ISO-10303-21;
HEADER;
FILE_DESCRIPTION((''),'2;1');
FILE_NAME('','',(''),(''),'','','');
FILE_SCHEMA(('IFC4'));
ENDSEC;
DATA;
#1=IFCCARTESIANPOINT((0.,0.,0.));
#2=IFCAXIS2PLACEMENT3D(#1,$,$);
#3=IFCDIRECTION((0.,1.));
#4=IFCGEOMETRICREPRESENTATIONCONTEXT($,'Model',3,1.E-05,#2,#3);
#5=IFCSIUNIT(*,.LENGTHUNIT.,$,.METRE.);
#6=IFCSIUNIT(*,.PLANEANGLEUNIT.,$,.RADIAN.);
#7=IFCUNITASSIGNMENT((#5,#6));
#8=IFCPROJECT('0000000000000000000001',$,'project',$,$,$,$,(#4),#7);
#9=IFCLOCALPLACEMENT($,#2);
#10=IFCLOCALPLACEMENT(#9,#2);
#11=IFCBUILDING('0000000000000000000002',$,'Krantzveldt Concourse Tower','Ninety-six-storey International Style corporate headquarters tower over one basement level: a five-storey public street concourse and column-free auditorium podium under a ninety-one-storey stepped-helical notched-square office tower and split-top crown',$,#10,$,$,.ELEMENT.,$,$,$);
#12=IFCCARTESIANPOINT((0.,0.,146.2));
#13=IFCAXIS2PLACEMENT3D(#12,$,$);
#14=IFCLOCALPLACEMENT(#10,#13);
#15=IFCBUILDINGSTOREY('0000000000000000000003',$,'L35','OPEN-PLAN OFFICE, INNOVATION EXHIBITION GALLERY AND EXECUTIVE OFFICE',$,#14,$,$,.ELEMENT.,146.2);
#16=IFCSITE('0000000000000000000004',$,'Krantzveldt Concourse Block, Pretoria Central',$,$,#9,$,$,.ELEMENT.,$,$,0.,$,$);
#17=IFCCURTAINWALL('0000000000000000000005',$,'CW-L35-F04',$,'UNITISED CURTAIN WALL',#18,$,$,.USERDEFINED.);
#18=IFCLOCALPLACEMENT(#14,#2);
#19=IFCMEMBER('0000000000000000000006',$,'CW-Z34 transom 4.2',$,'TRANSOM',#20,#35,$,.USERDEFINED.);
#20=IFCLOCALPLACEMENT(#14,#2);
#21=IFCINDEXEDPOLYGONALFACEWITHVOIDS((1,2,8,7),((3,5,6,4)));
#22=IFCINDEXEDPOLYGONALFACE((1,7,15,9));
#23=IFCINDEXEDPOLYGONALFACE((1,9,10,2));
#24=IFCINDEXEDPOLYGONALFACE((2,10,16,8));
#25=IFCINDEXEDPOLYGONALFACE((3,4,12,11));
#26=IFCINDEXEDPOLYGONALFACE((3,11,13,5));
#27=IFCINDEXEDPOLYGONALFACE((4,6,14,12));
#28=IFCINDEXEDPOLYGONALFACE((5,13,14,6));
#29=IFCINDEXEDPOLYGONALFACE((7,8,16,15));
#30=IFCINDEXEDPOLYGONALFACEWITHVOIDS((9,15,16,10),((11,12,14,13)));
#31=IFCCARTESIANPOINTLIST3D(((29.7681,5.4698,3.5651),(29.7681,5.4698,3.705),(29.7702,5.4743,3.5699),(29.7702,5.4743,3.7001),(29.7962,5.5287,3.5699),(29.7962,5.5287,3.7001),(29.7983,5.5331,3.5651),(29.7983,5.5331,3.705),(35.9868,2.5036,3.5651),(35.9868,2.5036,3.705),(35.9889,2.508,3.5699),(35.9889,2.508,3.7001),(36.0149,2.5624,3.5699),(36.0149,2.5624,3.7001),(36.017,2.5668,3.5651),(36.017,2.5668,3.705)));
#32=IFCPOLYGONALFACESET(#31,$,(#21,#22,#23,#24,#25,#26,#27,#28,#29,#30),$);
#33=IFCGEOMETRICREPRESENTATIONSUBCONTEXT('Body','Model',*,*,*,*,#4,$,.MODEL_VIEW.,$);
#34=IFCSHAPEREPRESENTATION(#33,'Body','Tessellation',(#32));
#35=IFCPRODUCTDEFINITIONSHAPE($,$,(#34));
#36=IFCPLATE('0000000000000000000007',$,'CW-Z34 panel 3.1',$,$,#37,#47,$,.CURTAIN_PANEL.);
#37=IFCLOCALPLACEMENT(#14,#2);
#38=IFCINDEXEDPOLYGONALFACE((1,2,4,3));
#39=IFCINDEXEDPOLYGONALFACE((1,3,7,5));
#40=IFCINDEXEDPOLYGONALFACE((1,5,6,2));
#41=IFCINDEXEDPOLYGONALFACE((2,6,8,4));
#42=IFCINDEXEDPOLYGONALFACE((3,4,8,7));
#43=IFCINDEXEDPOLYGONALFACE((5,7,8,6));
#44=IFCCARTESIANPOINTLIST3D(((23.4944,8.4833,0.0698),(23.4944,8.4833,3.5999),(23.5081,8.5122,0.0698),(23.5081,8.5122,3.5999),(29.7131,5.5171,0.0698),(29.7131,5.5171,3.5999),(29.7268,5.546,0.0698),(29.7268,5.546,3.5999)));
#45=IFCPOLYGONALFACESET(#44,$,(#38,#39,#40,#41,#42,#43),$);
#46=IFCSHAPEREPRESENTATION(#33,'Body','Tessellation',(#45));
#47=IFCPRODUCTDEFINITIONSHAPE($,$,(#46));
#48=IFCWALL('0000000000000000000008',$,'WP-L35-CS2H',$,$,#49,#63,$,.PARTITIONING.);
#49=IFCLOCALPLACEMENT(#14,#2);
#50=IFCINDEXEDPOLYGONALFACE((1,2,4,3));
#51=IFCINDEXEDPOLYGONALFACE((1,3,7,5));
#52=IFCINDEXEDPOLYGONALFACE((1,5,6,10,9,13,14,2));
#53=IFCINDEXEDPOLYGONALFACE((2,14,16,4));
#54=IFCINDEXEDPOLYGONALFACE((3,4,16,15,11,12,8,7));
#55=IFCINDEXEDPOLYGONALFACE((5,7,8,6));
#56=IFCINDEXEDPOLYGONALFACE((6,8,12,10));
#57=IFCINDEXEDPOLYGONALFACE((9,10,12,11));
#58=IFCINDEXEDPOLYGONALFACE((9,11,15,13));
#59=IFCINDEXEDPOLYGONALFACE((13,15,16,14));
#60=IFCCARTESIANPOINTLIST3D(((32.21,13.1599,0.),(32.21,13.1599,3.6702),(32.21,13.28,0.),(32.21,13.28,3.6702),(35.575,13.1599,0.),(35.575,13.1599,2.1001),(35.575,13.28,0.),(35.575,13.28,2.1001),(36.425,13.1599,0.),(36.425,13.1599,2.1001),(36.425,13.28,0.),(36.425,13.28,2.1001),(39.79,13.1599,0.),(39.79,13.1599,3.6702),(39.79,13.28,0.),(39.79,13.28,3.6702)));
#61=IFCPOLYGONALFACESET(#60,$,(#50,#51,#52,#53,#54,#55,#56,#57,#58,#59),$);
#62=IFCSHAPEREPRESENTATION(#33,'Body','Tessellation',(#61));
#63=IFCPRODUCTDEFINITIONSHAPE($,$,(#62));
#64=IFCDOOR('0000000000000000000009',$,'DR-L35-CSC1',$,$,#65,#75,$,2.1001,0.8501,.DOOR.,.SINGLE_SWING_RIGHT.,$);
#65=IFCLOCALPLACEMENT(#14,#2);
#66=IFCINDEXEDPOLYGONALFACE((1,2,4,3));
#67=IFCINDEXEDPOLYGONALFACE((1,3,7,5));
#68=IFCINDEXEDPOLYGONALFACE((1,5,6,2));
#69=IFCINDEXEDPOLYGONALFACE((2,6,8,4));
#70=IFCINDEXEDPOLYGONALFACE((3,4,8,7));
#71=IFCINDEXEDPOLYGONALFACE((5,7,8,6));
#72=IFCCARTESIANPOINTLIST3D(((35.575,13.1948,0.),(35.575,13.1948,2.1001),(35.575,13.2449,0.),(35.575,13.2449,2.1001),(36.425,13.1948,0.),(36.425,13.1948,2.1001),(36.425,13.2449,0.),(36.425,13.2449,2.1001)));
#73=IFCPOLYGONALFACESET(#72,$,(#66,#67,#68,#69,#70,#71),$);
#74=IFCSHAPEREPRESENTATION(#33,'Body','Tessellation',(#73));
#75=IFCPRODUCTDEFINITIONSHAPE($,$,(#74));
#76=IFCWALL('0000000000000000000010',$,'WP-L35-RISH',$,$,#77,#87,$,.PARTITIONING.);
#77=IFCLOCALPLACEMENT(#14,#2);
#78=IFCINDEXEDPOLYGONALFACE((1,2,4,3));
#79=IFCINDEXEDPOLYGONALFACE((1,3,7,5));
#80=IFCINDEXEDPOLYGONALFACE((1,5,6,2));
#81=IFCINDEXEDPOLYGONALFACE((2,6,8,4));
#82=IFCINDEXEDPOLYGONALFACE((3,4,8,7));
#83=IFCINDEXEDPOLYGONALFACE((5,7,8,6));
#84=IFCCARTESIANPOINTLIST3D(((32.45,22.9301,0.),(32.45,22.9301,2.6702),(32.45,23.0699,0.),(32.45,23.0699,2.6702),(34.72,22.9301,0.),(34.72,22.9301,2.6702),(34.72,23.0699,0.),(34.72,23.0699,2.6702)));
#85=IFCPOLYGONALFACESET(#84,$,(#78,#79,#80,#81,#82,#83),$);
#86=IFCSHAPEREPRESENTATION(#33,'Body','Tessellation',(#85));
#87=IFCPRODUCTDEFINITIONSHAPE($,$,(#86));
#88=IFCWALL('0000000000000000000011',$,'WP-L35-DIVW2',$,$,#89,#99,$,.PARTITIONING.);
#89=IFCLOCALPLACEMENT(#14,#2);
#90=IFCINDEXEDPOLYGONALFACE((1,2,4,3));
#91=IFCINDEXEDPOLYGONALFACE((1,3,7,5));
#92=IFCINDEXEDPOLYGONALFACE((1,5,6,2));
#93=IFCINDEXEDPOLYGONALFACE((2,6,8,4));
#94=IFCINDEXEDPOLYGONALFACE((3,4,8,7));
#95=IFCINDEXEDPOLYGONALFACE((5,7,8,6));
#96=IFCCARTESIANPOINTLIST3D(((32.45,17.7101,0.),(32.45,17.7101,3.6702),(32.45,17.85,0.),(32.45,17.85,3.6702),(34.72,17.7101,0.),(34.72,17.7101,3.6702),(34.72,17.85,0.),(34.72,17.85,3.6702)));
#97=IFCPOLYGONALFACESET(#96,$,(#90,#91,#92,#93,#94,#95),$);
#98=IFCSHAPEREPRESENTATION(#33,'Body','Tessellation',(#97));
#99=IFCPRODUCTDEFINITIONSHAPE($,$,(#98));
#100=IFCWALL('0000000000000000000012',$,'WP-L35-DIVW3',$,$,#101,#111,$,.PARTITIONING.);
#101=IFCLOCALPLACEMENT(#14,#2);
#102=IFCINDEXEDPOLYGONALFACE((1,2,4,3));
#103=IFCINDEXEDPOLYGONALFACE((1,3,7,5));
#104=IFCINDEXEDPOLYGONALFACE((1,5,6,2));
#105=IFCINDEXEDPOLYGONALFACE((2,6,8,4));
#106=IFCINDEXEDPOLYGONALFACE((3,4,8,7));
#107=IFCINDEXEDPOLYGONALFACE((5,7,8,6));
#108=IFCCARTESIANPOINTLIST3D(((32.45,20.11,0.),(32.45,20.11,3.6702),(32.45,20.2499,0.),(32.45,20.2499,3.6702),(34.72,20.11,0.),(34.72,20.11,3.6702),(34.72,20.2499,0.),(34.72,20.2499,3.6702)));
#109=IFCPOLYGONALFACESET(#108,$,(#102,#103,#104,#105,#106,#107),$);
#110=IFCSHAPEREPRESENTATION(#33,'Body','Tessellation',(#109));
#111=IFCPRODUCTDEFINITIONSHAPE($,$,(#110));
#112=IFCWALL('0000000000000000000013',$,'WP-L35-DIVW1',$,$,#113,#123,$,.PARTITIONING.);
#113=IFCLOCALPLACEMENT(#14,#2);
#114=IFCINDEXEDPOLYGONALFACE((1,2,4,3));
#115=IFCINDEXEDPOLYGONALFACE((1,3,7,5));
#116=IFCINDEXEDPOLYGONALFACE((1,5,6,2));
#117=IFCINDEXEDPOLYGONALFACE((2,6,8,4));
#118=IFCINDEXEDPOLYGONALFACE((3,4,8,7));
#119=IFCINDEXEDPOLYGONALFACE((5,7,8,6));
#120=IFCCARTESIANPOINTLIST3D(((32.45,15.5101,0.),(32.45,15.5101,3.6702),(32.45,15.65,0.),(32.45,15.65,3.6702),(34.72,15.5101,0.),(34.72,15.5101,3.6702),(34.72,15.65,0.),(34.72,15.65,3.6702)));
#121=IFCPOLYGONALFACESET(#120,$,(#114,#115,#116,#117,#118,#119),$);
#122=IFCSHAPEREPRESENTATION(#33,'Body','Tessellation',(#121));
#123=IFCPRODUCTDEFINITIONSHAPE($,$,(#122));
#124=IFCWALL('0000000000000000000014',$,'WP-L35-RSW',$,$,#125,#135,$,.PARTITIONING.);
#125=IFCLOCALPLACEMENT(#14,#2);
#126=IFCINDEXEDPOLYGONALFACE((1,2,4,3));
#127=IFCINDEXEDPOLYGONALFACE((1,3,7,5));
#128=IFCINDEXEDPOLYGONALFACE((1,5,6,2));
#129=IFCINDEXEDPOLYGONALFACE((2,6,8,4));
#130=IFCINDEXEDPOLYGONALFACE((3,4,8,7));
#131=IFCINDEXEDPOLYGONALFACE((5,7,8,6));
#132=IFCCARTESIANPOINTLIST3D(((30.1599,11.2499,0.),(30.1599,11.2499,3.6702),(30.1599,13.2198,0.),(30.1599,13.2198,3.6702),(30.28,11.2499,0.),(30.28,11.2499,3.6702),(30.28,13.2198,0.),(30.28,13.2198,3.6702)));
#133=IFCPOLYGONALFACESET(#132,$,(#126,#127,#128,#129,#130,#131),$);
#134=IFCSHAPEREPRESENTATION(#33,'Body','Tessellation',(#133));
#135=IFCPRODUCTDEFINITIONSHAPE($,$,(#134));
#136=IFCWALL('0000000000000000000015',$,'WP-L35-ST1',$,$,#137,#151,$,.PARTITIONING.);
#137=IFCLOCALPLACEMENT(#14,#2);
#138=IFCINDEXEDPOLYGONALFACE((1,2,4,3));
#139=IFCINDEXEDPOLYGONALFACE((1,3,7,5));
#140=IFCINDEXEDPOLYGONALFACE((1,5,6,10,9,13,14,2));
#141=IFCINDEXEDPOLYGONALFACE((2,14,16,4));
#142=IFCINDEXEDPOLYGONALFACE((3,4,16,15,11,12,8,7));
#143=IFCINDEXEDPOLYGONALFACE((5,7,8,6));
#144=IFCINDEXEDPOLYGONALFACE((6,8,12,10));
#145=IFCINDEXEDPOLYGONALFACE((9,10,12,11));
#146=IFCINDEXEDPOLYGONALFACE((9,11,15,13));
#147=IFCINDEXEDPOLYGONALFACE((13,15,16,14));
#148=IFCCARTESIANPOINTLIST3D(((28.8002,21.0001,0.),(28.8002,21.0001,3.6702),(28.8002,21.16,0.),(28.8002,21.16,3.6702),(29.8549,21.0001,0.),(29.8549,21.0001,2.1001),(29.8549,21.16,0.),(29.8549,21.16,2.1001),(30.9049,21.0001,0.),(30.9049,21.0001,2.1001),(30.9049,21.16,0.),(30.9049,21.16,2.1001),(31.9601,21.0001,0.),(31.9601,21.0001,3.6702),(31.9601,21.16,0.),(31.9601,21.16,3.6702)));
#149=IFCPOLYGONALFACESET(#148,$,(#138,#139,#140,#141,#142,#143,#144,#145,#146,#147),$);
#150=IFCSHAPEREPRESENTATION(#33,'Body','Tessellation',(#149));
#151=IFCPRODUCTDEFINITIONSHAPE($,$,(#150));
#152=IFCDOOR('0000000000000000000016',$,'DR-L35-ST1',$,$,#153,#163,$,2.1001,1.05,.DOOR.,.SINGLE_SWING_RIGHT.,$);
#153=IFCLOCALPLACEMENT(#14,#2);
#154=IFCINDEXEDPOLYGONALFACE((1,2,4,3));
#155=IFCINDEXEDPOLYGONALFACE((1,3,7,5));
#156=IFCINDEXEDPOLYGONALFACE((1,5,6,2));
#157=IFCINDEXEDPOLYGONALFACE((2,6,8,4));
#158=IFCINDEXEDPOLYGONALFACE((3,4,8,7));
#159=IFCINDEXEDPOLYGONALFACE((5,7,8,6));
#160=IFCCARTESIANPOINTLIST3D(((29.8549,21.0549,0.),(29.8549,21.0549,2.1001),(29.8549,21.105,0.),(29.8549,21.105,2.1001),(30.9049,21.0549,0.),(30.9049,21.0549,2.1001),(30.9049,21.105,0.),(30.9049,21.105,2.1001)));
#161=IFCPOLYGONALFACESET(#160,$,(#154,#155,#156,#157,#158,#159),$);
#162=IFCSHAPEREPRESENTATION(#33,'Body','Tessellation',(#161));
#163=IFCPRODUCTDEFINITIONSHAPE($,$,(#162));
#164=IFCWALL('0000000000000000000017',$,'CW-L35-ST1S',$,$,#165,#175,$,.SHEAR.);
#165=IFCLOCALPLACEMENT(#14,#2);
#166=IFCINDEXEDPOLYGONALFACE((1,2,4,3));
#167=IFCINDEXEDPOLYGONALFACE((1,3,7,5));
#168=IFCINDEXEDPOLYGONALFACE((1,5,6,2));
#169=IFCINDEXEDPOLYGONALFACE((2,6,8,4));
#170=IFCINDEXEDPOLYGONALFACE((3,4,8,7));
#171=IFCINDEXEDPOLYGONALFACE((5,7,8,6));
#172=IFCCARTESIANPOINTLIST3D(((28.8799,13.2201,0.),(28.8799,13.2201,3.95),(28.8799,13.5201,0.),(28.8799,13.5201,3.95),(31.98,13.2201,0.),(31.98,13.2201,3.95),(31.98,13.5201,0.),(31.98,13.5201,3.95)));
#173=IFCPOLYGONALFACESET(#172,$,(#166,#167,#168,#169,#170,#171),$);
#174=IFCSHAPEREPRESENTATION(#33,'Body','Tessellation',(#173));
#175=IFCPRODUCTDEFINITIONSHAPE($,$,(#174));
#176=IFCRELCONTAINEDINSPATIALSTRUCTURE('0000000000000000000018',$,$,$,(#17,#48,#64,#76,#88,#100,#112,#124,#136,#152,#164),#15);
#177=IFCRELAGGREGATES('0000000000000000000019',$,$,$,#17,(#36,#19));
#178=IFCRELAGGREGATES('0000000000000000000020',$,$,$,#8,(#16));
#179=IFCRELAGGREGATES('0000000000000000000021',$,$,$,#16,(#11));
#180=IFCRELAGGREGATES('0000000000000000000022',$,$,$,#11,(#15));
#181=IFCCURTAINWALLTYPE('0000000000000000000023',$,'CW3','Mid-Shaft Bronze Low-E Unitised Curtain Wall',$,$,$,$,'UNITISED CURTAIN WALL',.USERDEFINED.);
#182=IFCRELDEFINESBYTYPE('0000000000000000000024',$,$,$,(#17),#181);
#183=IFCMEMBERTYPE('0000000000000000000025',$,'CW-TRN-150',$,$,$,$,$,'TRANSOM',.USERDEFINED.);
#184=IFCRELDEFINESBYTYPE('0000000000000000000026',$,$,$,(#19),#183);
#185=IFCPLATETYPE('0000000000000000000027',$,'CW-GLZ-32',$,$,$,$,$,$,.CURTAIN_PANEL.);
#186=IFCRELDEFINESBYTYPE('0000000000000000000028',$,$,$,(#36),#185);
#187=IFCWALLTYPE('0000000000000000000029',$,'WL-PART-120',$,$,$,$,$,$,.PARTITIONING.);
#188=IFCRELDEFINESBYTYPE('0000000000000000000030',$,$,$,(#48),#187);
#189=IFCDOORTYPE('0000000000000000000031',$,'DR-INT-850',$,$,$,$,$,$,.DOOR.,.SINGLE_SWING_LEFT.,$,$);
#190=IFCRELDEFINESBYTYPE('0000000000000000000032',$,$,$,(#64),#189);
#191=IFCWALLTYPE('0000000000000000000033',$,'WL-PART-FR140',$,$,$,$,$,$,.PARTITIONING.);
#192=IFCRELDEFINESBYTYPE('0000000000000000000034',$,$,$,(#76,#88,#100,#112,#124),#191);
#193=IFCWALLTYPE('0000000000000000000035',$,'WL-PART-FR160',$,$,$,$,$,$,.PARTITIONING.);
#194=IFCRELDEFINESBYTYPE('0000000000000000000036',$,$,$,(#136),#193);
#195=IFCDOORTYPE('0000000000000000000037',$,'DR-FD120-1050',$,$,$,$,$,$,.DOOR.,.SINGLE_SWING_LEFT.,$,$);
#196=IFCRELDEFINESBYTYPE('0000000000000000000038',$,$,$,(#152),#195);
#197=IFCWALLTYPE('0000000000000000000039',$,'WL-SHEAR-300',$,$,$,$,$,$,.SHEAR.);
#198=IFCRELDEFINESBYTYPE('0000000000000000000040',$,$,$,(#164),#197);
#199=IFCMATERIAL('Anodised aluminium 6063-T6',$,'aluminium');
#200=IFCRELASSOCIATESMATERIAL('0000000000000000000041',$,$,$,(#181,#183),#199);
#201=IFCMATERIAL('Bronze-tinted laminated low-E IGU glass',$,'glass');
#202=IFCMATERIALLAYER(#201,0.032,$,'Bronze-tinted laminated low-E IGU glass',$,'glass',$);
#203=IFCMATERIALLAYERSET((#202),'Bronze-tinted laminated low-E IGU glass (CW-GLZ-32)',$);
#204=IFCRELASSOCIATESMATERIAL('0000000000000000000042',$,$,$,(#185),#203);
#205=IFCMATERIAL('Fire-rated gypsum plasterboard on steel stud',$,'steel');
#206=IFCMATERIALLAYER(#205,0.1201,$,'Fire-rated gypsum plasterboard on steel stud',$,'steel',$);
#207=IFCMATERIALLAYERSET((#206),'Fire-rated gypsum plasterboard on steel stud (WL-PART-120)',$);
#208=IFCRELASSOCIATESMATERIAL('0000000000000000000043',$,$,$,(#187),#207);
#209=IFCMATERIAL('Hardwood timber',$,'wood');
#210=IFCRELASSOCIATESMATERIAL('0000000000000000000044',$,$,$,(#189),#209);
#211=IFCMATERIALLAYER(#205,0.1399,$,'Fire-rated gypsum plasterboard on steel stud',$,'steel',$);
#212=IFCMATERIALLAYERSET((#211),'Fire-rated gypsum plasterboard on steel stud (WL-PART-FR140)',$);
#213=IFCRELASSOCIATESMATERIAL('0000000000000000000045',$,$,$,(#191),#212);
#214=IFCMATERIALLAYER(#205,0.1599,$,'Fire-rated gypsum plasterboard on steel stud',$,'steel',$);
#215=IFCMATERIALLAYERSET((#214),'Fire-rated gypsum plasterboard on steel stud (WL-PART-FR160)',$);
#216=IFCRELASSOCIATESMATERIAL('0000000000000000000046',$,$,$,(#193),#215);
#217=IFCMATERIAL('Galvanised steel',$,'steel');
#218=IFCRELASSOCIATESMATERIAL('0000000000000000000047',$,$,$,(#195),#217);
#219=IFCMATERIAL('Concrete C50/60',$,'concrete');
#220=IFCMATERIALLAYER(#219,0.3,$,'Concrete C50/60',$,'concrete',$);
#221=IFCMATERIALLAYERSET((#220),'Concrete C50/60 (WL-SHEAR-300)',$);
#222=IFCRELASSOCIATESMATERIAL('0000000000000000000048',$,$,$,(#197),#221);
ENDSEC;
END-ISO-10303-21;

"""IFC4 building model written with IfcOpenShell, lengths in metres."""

from ifc_helpers import new_model, si_unit, direction, frame, frame_2d, origin, origin_2d, place, context, subcontext, project, spatial, rectangle, hollow_rectangle, extrude, source, transform, mapped, material, layer, layer_set, material_profile, profile_set, type_object, type_shapes, element, fill, aggregate, save


model = new_model("IFC4")

# Units and contexts
model_context = context("Model", 3, precision=1e-05, world=origin(), true_north=direction((0.0, 1.0)))
body_context = subcontext(model_context, "Body", "Model", "MODEL_VIEW")
ifc_project = project(units=[si_unit("LENGTHUNIT", "METRE"), si_unit("PLANEANGLEUNIT", "RADIAN")], contexts=[model_context])

# Site, building, storey
site_placement = place(None, origin())
site = spatial("IfcSite", under=ifc_project, at=site_placement, Name="Krantzveldt Concourse Block, Pretoria Central", CompositionType="ELEMENT", RefElevation=0.0)
building_placement = place(site_placement, origin())
building = spatial("IfcBuilding", under=site, at=building_placement, Name="Krantzveldt Concourse Tower", Description="Ninety-six-storey International Style corporate headquarters tower over one basement level: a five-storey public street concourse and column-free auditorium podium under a ninety-one-storey stepped-helical notched-square office tower and split-top crown", CompositionType="ELEMENT")
storey_placement = place(building_placement, frame((0.0, 0.0, 146.2)))
storey = spatial("IfcBuildingStorey", under=building, at=storey_placement, Name="L35", Description="OPEN-PLAN OFFICE, INNOVATION EXHIBITION GALLERY AND EXECUTIVE OFFICE", CompositionType="ELEMENT", Elevation=146.2)

# Shared definitions
ifc_material_1 = material(Name="Concrete C50/60", Category="concrete")

# Curtain wall, member, plate
ifc_material_2 = material(Name="Anodised aluminium 6063-T6", Category="aluminium")
curtain_wall_type = type_object("IfcCurtainWallType", Name="CW3", Description="Mid-Shaft Bronze Low-E Unitised Curtain Wall", ElementType="UNITISED CURTAIN WALL", PredefinedType="USERDEFINED", material=ifc_material_2)
curtain_wall_placement = place(storey_placement, origin())
curtain_wall = element("IfcCurtainWall", 1, at=curtain_wall_placement, inside=storey, type_object=curtain_wall_type, Name="CW-L35-F04", ObjectType="UNITISED CURTAIN WALL", PredefinedType="USERDEFINED")
ifc_material_profile_1 = material_profile(ifc_material_2, hollow_rectangle(XDim=0.0701, YDim=0.1399, WallThickness=0.0049, at=origin_2d()), Name="Anodised aluminium 6063-T6", Category="aluminium")
ifc_profile_set_1 = profile_set([ifc_material_profile_1], Name="Anodised aluminium 6063-T6 - ALU-TRAN 140x70x5")
member_type_1 = type_object("IfcMemberType", Name="CW-TRN-150", ElementType="TRANSOM", PredefinedType="USERDEFINED", material=ifc_profile_set_1)
shared_shape_1 = source(origin(), body_context, "Body", "SweptSolid", [
    extrude(hollow_rectangle(XDim=0.0701, YDim=0.1399, WallThickness=0.0049, at=origin_2d()), origin(), (0.0, 0.0, 1.0), 6.8899),
])
type_shapes(member_type_1, [shared_shape_1])
member_1_placement = place(storey_placement, frame((29.7832, 5.5015, 3.635), z_axis=(0.902579, -0.430525, 0.0), x_axis=(0.430525, 0.902579, 0.0)))
member_1 = element("IfcMember", 2, at=member_1_placement, type_object=member_type_1, Name="CW-Z34 transom 4.2", ObjectType="TRANSOM", PredefinedType="USERDEFINED", context=body_context, shape_type="MappedRepresentation", body=[
    mapped(shared_shape_1, transform((0.0, 0.0, 0.0), x_axis=(1.0, 0.0, 0.0), y_axis=(0.0, 1.0, 0.0), z_axis=(0.0, 0.0, 1.0), scale=1.0)),
])
ifc_material_3 = material(Name="Bronze-tinted laminated low-E IGU glass", Category="glass")
ifc_layer_1 = layer(ifc_material_3, 0.032, Name="Bronze-tinted laminated low-E IGU glass", Category="glass")
ifc_layer_set_1 = layer_set([ifc_layer_1], Name="Bronze-tinted laminated low-E IGU glass (CW-GLZ-32)")
plate_type = type_object("IfcPlateType", Name="CW-GLZ-32", PredefinedType="CURTAIN_PANEL", material=ifc_layer_set_1)
shared_shape_2 = source(origin(), body_context, "Body", "SweptSolid", [
    extrude(rectangle(XDim=6.8899, YDim=0.032, at=origin_2d()), origin(), (0.0, 0.0, 1.0), 3.53),
])
type_shapes(plate_type, [shared_shape_2])
plate_placement = place(storey_placement, frame((26.6106, 7.0146, 0.0698), z_axis=(0.0, 0.0, 1.0), x_axis=(0.902585, -0.430511, 0.0)))
plate = element("IfcPlate", 3, at=plate_placement, type_object=plate_type, Name="CW-Z34 panel 3.1", PredefinedType="CURTAIN_PANEL", context=body_context, shape_type="MappedRepresentation", body=[
    mapped(shared_shape_2, transform((0.0, 0.0, 0.0), x_axis=(1.0, 0.0, 0.0), y_axis=(0.0, 1.0, 0.0), z_axis=(0.0, 0.0, 1.0), scale=1.0)),
])
aggregate(curtain_wall, [plate, member_1])

# Wall, opening, door
ifc_material_4 = material(Name="Fire-rated gypsum plasterboard on steel stud", Category="steel")
ifc_layer_2 = layer(ifc_material_4, 0.1201, Name="Fire-rated gypsum plasterboard on steel stud", Category="steel")
ifc_layer_set_2 = layer_set([ifc_layer_2], Name="Fire-rated gypsum plasterboard on steel stud (WL-PART-120)")
wall_type_1 = type_object("IfcWallType", Name="WL-PART-120", PredefinedType="PARTITIONING", material=ifc_layer_set_2)
wall_1_placement = place(storey_placement, frame((32.21, 13.22, 0.0), z_axis=(0.0, 0.0, 1.0), x_axis=(1.0, 0.0, 0.0)))
wall_1 = element("IfcWall", 4, at=wall_1_placement, inside=storey, type_object=wall_type_1, Name="WP-L35-CS2H", PredefinedType="PARTITIONING", context=body_context, shape_type="SweptSolid", body=[
    extrude(rectangle(XDim=7.5801, YDim=0.1201, at=frame_2d((3.79, 0.0))), origin(), (0.0, 0.0, 1.0), 3.6702),
])
opening_1_placement = place(wall_1_placement, frame((3.365, 0.0, 0.0)))
opening_1 = element("IfcOpeningElement", 5, at=opening_1_placement, cuts=wall_1, PredefinedType="OPENING", context=body_context, shape_type="SweptSolid", body=[
    extrude(rectangle(XDim=0.8501, YDim=2.1001, at=frame_2d((0.425, 1.05))), frame((0.0, 0.0701, 0.0), z_axis=(0.0, -1.0, 0.0), x_axis=(1.0, 0.0, 0.0)), (0.0, 0.0, 1.0), 0.1401),
])
ifc_material_5 = material(Name="Hardwood timber", Category="wood")
door_type_1 = type_object("IfcDoorType", Name="DR-INT-850", OperationType="SINGLE_SWING_LEFT", PredefinedType="DOOR", material=ifc_material_5)
door_1_placement = place(opening_1_placement, origin())
door_1 = element("IfcDoor", 6, at=door_1_placement, inside=storey, type_object=door_type_1, Name="DR-L35-CSC1", OperationType="SINGLE_SWING_RIGHT", OverallHeight=2.1001, OverallWidth=0.8501, PredefinedType="DOOR", context=body_context, shape_type="SweptSolid", body=[
    extrude(rectangle(XDim=0.8501, YDim=2.1001, at=frame_2d((0.425, 1.05))), frame((0.0, 0.0249, 0.0), z_axis=(0.0, -1.0, 0.0), x_axis=(1.0, 0.0, 0.0)), (0.0, 0.0, 1.0), 0.05),
])
fill(opening_1, door_1)

# Walls
ifc_layer_3 = layer(ifc_material_4, 0.1399, Name="Fire-rated gypsum plasterboard on steel stud", Category="steel")
ifc_layer_set_3 = layer_set([ifc_layer_3], Name="Fire-rated gypsum plasterboard on steel stud (WL-PART-FR140)")
wall_type_2 = type_object("IfcWallType", Name="WL-PART-FR140", PredefinedType="PARTITIONING", material=ifc_layer_set_3)
wall_2_placement = place(storey_placement, frame((32.45, 23.0, 0.0), z_axis=(0.0, 0.0, 1.0), x_axis=(1.0, 0.0, 0.0)))
element("IfcWall", 7, at=wall_2_placement, inside=storey, type_object=wall_type_2, Name="WP-L35-RISH", PredefinedType="PARTITIONING", context=body_context, shape_type="SweptSolid", body=[
    extrude(rectangle(XDim=2.27, YDim=0.1399, at=frame_2d((1.135, 0.0))), origin(), (0.0, 0.0, 1.0), 2.6702),
])
for number, where, z_axis, x_axis, name in (
    (8, (32.45, 17.78, 0.0), (0.0, 0.0, 1.0), (1.0, 0.0, 0.0), "WP-L35-DIVW2"),
    (9, (32.45, 20.1799, 0.0), (0.0, 0.0, 1.0), (1.0, 0.0, 0.0), "WP-L35-DIVW3"),
    (10, (32.45, 15.5801, 0.0), (0.0, 0.0, 1.0), (1.0, 0.0, 0.0), "WP-L35-DIVW1"),
):
    element("IfcWall", number, at=place(storey_placement, frame(where, z_axis=z_axis, x_axis=x_axis)), inside=storey, type_object=wall_type_2, Name=name, PredefinedType="PARTITIONING", context=body_context, shape_type="SweptSolid", body=[
        extrude(rectangle(XDim=2.27, YDim=0.1399, at=frame_2d((1.135, 0.0))), origin(), (0.0, 0.0, 1.0), 3.6702),
    ])
wall_3_placement = place(storey_placement, frame((30.22, 11.25, 0.0), z_axis=(0.0, 0.0, 1.0), x_axis=(0.0, 1.0, 0.0)))
element("IfcWall", 11, at=wall_3_placement, inside=storey, type_object=wall_type_2, Name="WP-L35-RSW", PredefinedType="PARTITIONING", context=body_context, shape_type="SweptSolid", body=[
    extrude(rectangle(XDim=1.97, YDim=0.1201, at=frame_2d((0.9849, 0.0))), origin(), (0.0, 0.0, 1.0), 3.6702),
])

# Wall, opening, door
ifc_layer_4 = layer(ifc_material_4, 0.1599, Name="Fire-rated gypsum plasterboard on steel stud", Category="steel")
ifc_layer_set_4 = layer_set([ifc_layer_4], Name="Fire-rated gypsum plasterboard on steel stud (WL-PART-FR160)")
wall_type_3 = type_object("IfcWallType", Name="WL-PART-FR160", PredefinedType="PARTITIONING", material=ifc_layer_set_4)
wall_4_placement = place(storey_placement, frame((28.8, 21.0801, 0.0), z_axis=(0.0, 0.0, 1.0), x_axis=(1.0, 0.0, 0.0)))
wall_4 = element("IfcWall", 12, at=wall_4_placement, inside=storey, type_object=wall_type_3, Name="WP-L35-ST1", PredefinedType="PARTITIONING", context=body_context, shape_type="SweptSolid", body=[
    extrude(rectangle(XDim=3.1599, YDim=0.1599, at=frame_2d((1.5801, 0.0))), origin(), (0.0, 0.0, 1.0), 3.6702),
])
opening_2_placement = place(wall_4_placement, frame((1.0549, 0.0, 0.0)))
opening_2 = element("IfcOpeningElement", 13, at=opening_2_placement, cuts=wall_4, PredefinedType="OPENING", context=body_context, shape_type="SweptSolid", body=[
    extrude(rectangle(XDim=1.05, YDim=2.1001, at=frame_2d((0.5249, 1.05))), frame((0.0, 0.0898, 0.0), z_axis=(0.0, -1.0, 0.0), x_axis=(1.0, 0.0, 0.0)), (0.0, 0.0, 1.0), 0.1799),
])
ifc_material_6 = material(Name="Galvanised steel", Category="steel")
door_type_2 = type_object("IfcDoorType", Name="DR-FD120-1050", OperationType="SINGLE_SWING_LEFT", PredefinedType="DOOR", material=ifc_material_6)
door_2_placement = place(opening_2_placement, origin())
door_2 = element("IfcDoor", 14, at=door_2_placement, inside=storey, type_object=door_type_2, Name="DR-L35-ST1", OperationType="SINGLE_SWING_RIGHT", OverallHeight=2.1001, OverallWidth=1.05, PredefinedType="DOOR", context=body_context, shape_type="SweptSolid", body=[
    extrude(rectangle(XDim=1.05, YDim=2.1001, at=frame_2d((0.5249, 1.05))), frame((0.0, 0.0249, 0.0), z_axis=(0.0, -1.0, 0.0), x_axis=(1.0, 0.0, 0.0)), (0.0, 0.0, 1.0), 0.05),
])
fill(opening_2, door_2)

# Wall
ifc_layer_5 = layer(ifc_material_1, 0.3, Name="Concrete C50/60", Category="concrete")
ifc_layer_set_5 = layer_set([ifc_layer_5], Name="Concrete C50/60 (WL-SHEAR-300)")
wall_type_4 = type_object("IfcWallType", Name="WL-SHEAR-300", PredefinedType="SHEAR", material=ifc_layer_set_5)
wall_5_placement = place(storey_placement, frame((28.8799, 13.3701, 0.0), z_axis=(0.0, 0.0, 1.0), x_axis=(1.0, 0.0, 0.0)))
element("IfcWall", 15, at=wall_5_placement, inside=storey, type_object=wall_type_4, Name="CW-L35-ST1S", PredefinedType="SHEAR", context=body_context, shape_type="SweptSolid", body=[
    extrude(rectangle(XDim=3.1001, YDim=0.3, at=frame_2d((1.55, 0.0))), origin(), (0.0, 0.0, 1.0), 3.95),
])

save(model, "model.ifc")
